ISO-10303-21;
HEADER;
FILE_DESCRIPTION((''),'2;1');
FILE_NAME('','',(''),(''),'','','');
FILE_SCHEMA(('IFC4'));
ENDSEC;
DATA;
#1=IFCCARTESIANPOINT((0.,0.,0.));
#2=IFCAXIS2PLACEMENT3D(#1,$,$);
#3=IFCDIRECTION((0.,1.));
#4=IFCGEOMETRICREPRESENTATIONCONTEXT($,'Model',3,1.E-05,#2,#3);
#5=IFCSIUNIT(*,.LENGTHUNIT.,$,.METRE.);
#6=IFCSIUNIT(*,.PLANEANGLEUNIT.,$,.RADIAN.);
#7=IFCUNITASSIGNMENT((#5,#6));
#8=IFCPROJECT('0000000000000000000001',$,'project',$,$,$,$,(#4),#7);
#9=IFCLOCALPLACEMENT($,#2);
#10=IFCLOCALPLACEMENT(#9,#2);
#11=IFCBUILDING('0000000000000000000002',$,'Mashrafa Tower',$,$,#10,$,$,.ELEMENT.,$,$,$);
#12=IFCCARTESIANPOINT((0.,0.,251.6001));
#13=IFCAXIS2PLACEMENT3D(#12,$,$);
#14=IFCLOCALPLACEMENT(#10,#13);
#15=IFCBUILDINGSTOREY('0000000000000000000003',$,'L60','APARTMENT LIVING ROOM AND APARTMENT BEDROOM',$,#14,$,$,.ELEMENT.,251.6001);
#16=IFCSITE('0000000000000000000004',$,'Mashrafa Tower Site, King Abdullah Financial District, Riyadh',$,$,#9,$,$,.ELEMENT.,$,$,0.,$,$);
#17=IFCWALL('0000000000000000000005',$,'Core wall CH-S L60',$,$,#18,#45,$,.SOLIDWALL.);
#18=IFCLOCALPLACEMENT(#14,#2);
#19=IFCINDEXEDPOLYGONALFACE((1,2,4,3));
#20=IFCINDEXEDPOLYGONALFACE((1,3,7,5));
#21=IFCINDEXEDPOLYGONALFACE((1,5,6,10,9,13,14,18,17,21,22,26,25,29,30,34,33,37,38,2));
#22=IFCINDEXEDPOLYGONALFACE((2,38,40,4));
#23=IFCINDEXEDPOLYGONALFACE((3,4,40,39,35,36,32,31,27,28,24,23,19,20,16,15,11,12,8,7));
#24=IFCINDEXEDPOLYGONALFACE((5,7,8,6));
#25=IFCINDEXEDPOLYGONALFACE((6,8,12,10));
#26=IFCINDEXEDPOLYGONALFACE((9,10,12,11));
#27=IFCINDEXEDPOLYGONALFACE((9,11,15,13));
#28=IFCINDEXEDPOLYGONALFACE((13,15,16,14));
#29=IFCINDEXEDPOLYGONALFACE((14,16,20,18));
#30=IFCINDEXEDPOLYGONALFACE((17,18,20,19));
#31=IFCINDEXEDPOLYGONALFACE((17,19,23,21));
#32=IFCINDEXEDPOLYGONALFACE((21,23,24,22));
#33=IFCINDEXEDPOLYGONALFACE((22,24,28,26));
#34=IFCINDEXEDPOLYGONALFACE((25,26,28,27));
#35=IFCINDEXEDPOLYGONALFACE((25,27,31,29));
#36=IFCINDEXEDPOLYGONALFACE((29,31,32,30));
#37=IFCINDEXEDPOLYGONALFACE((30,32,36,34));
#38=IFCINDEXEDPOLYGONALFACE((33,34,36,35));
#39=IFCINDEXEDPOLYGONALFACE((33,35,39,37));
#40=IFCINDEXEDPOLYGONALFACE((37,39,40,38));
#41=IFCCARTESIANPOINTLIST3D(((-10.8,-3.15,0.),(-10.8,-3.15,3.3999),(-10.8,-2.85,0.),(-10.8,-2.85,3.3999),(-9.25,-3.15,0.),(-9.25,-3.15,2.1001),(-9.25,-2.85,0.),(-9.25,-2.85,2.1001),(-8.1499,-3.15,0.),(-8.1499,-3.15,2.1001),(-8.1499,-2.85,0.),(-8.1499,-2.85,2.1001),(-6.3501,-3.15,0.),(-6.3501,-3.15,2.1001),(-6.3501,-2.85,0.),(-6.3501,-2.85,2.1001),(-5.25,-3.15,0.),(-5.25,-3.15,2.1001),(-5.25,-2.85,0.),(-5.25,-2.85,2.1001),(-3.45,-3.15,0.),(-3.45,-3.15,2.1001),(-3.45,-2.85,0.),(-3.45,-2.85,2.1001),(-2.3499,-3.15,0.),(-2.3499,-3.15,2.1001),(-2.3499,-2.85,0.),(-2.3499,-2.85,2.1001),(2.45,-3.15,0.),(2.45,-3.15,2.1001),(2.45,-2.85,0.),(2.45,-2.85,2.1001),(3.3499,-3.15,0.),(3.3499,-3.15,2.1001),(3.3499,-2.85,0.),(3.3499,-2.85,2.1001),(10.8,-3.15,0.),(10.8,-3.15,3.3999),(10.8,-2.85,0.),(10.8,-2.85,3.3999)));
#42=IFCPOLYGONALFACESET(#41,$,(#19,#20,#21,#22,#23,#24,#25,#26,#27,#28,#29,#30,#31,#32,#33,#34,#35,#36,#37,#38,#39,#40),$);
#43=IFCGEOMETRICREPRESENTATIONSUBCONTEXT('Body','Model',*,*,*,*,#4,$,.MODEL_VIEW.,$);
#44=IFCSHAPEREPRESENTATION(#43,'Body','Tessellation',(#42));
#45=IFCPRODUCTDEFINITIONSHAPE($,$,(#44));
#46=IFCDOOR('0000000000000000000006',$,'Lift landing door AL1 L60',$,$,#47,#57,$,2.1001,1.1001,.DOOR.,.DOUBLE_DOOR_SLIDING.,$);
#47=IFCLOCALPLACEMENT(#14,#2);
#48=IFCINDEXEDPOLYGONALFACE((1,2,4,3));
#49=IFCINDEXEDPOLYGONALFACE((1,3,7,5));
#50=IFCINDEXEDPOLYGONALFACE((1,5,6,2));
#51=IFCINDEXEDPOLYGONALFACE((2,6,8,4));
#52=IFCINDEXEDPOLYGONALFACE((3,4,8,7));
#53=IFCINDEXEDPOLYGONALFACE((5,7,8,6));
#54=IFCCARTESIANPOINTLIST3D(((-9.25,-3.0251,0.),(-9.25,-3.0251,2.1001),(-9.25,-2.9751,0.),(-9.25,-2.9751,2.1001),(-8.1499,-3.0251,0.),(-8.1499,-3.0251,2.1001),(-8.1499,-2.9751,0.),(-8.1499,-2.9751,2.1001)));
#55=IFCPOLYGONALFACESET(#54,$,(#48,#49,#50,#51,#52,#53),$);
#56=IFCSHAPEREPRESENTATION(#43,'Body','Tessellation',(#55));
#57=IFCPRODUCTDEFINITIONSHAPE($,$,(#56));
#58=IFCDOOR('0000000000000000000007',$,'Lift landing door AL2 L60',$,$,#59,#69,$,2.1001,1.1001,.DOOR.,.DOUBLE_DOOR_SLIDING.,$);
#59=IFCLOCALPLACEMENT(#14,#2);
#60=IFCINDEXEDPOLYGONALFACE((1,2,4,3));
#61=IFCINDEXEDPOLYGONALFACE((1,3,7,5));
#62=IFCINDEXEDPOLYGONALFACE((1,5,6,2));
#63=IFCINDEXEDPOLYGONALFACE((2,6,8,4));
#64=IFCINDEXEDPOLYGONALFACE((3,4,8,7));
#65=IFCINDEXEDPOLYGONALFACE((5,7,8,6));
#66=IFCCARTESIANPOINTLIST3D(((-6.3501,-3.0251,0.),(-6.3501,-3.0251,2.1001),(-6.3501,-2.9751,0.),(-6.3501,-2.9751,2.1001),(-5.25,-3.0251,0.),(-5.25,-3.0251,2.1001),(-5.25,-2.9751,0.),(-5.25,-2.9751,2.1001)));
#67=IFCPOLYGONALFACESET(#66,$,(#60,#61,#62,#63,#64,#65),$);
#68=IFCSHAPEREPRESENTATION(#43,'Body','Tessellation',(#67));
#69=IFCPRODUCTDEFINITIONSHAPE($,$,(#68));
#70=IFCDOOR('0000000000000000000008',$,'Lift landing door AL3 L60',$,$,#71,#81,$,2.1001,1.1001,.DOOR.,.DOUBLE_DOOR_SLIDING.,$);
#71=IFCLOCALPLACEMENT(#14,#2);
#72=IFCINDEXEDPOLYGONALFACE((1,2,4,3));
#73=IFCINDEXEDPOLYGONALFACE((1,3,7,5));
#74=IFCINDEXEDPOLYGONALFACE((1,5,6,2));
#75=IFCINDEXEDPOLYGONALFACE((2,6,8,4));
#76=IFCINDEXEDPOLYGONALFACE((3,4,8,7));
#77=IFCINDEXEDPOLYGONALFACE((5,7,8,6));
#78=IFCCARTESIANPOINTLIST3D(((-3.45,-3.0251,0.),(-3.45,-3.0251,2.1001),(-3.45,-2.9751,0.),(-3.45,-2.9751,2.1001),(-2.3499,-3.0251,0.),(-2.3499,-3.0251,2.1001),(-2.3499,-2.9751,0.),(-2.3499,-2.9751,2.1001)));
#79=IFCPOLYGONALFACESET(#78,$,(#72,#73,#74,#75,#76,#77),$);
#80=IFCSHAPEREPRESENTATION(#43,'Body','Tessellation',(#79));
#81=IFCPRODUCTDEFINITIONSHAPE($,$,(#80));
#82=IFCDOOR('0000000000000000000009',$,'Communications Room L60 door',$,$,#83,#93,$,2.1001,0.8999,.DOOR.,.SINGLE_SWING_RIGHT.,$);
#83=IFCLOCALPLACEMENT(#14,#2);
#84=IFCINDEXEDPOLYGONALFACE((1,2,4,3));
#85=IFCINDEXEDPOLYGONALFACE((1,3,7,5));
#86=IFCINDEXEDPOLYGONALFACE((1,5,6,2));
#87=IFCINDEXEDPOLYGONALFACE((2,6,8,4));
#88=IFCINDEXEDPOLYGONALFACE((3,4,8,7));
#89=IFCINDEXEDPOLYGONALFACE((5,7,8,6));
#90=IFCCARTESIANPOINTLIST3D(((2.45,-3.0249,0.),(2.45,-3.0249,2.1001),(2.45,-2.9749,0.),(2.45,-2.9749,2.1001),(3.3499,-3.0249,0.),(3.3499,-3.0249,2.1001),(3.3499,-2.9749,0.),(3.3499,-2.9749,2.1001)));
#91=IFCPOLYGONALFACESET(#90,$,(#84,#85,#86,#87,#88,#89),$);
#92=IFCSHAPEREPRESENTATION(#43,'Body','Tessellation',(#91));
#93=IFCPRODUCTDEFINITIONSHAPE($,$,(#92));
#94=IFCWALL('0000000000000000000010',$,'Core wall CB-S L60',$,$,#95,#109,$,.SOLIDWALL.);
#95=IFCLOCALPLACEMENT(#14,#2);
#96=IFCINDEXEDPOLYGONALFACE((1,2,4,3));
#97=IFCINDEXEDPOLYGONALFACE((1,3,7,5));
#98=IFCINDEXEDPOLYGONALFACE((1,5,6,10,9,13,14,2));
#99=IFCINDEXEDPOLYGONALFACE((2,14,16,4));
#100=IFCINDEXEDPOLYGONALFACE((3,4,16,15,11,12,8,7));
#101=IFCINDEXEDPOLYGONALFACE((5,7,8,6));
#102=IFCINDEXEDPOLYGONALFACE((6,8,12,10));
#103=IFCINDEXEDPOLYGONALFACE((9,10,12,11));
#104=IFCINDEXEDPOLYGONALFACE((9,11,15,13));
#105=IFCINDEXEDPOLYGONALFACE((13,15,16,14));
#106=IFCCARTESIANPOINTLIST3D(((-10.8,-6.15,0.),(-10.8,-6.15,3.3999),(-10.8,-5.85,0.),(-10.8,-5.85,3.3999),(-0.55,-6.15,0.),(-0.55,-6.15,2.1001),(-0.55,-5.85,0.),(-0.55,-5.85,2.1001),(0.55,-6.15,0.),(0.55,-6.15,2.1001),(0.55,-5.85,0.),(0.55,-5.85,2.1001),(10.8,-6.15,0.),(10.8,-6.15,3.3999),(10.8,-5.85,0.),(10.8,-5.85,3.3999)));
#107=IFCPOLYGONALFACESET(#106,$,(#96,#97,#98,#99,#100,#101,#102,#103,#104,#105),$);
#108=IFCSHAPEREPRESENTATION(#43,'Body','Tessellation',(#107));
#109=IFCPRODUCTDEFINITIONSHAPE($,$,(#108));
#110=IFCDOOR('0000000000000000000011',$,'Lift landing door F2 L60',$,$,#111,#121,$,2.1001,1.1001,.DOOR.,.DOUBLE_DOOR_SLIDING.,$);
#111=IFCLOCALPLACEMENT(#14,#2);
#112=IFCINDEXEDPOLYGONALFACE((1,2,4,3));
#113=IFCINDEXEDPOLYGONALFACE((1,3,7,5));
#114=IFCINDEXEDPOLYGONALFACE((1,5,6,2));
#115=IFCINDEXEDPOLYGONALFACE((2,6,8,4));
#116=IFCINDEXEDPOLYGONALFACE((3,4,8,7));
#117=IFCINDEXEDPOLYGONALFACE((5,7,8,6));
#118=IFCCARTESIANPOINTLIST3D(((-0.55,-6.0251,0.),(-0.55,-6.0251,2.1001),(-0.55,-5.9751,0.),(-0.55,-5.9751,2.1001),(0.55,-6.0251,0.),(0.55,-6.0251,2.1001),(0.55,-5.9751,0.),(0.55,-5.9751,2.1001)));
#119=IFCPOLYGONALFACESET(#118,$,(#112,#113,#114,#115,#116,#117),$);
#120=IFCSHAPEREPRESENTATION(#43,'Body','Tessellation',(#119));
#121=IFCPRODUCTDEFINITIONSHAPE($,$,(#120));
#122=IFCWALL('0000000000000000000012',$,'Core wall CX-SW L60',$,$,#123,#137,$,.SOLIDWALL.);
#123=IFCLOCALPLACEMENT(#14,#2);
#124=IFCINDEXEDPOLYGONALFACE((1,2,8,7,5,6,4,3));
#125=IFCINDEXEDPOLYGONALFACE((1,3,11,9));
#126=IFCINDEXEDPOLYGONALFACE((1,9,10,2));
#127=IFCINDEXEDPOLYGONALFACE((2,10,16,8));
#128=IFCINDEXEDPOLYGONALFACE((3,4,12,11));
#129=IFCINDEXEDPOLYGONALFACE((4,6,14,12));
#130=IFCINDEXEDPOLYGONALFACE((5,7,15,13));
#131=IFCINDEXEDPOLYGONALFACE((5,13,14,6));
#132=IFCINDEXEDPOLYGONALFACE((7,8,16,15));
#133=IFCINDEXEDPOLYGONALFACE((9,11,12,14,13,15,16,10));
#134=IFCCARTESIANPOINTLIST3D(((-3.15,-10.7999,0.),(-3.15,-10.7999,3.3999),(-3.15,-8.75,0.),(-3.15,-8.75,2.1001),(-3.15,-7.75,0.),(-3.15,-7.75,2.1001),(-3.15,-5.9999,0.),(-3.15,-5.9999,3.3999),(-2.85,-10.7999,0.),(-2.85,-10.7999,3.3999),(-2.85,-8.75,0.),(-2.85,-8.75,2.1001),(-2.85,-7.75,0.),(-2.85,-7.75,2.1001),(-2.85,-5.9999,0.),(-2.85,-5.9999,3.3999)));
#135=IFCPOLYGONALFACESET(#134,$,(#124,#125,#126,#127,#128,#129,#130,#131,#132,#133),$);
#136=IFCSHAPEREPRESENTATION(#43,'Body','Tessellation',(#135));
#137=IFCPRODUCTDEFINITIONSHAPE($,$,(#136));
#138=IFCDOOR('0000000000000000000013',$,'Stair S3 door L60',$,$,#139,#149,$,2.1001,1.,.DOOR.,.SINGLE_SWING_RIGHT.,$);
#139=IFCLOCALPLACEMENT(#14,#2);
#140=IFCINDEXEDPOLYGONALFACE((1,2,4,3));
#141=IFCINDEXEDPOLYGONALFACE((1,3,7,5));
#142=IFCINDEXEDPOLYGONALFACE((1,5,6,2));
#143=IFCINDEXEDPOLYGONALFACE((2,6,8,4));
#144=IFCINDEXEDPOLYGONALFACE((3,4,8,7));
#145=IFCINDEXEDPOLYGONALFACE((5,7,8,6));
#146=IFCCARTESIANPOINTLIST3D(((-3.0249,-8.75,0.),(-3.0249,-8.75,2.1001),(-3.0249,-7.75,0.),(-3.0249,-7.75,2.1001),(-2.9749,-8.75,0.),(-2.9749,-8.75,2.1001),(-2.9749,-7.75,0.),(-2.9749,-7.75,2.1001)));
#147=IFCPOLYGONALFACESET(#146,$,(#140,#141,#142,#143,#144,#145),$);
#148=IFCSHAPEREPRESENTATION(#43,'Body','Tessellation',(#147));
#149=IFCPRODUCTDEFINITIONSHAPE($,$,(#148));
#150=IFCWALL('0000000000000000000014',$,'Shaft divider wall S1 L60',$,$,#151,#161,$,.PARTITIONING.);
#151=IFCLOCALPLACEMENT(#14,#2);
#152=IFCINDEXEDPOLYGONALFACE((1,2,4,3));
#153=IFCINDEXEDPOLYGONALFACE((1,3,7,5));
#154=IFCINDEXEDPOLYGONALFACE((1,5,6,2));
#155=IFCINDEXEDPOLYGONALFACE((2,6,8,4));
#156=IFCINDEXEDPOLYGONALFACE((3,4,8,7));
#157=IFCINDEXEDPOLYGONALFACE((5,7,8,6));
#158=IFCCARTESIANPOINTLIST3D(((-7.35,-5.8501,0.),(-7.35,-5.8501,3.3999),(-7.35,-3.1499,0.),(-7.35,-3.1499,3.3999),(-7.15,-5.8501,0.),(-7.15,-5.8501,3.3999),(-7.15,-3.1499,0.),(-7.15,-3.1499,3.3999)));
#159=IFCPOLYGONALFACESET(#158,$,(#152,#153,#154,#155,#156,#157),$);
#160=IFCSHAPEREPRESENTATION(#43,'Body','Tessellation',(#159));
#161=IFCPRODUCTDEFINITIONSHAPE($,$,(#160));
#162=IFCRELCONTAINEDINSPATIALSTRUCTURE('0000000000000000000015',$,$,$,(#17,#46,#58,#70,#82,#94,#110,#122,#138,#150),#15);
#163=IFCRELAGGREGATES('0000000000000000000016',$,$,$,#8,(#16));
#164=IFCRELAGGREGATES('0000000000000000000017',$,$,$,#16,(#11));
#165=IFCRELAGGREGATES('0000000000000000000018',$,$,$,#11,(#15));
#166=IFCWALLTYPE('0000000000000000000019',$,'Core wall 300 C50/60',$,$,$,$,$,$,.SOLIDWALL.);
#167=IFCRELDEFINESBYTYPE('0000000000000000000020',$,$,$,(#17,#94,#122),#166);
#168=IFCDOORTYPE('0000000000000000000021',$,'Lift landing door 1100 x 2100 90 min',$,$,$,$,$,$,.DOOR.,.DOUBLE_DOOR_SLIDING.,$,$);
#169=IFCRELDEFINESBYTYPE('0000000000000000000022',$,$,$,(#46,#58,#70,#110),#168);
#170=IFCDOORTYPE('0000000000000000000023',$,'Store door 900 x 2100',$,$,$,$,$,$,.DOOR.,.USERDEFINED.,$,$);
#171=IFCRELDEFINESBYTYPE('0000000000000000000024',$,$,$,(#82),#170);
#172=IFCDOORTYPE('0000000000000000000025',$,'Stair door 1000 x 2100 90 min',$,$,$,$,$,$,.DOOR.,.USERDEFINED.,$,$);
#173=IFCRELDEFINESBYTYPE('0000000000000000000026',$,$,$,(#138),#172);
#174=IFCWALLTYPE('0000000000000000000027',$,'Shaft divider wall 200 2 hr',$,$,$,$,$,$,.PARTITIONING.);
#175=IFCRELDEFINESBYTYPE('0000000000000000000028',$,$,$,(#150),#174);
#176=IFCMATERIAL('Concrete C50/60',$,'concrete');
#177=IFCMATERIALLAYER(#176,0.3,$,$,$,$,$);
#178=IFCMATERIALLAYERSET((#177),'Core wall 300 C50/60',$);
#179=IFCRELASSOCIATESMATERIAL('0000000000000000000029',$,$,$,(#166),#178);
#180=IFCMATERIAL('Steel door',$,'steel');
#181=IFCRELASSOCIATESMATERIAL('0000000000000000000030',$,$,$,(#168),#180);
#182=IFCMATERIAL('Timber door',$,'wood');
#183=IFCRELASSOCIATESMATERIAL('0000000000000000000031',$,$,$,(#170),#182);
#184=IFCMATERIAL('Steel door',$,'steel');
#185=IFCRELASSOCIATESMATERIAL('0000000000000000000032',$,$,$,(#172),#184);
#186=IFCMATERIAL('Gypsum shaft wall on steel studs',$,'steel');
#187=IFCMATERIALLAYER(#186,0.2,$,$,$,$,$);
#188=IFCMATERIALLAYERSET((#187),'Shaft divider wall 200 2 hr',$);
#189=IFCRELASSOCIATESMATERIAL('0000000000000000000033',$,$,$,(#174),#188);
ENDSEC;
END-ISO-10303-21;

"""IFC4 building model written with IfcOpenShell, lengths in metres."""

from ifc_helpers import new_model, si_unit, direction, frame, frame_2d, origin, place, context, subcontext, project, spatial, rectangle, extrude, material, layer, layer_set, type_object, element, fill, save


model = new_model("IFC4")

# Units and contexts
model_context = context("Model", 3, precision=1e-05, world=origin(), true_north=direction((0.0, 1.0)))
body_context = subcontext(model_context, "Body", "Model", "MODEL_VIEW")
ifc_project = project(units=[si_unit("LENGTHUNIT", "METRE"), si_unit("PLANEANGLEUNIT", "RADIAN")], contexts=[model_context])

# Site, building, storey
site_placement = place(None, origin())
site = spatial("IfcSite", under=ifc_project, at=site_placement, Name="Mashrafa Tower Site, King Abdullah Financial District, Riyadh", CompositionType="ELEMENT", RefElevation=0.0)
building_placement = place(site_placement, origin())
building = spatial("IfcBuilding", under=site, at=building_placement, Name="Mashrafa Tower", CompositionType="ELEMENT")
storey_placement = place(building_placement, frame((0.0, 0.0, 251.6001)))
storey = spatial("IfcBuildingStorey", under=building, at=storey_placement, Name="L60", Description="APARTMENT LIVING ROOM AND APARTMENT BEDROOM", CompositionType="ELEMENT", Elevation=251.6001)

# Wall, openings, doors
ifc_material_1 = material(Name="Concrete C50/60", Category="concrete")
ifc_layer_1 = layer(ifc_material_1, 0.3)
ifc_layer_set_1 = layer_set([ifc_layer_1], Name="Core wall 300 C50/60")
wall_type_1 = type_object("IfcWallType", Name="Core wall 300 C50/60", PredefinedType="SOLIDWALL", material=ifc_layer_set_1)
wall_1_placement = place(storey_placement, frame((-10.8, -3.0, 0.0), z_axis=(0.0, 0.0, 1.0), x_axis=(1.0, 0.0, 0.0)))
wall_1 = element("IfcWall", 1, at=wall_1_placement, inside=storey, type_object=wall_type_1, Name="Core wall CH-S L60", PredefinedType="SOLIDWALL", context=body_context, shape_type="SweptSolid", body=[
    extrude(rectangle(XDim=21.6001, YDim=0.3, at=frame_2d((10.8, 0.0))), origin(), (0.0, 0.0, 1.0), 3.3999),
])
opening_1_placement = place(wall_1_placement, frame((13.25, 0.0, 0.0)))
opening_1 = element("IfcOpeningElement", 2, at=opening_1_placement, cuts=wall_1, PredefinedType="OPENING", context=body_context, shape_type="SweptSolid", body=[
    extrude(rectangle(XDim=0.8999, YDim=2.1001, at=frame_2d((0.45, 1.05))), frame((0.0, 0.1599, 0.0), z_axis=(0.0, -1.0, 0.0), x_axis=(1.0, 0.0, 0.0)), (0.0, 0.0, 1.0), 0.3201),
])
opening_2_placement = place(wall_1_placement, frame((1.55, 0.0, 0.0)))
opening_2 = element("IfcOpeningElement", 3, at=opening_2_placement, cuts=wall_1, PredefinedType="OPENING", context=body_context, shape_type="SweptSolid", body=[
    extrude(rectangle(XDim=1.1001, YDim=2.1001, at=frame_2d((0.55, 1.05))), frame((0.0, 0.1599, 0.0), z_axis=(0.0, -1.0, 0.0), x_axis=(1.0, 0.0, 0.0)), (0.0, 0.0, 1.0), 0.3201),
])
opening_3_placement = place(wall_1_placement, frame((4.45, 0.0, 0.0)))
opening_3 = element("IfcOpeningElement", 4, at=opening_3_placement, cuts=wall_1, PredefinedType="OPENING", context=body_context, shape_type="SweptSolid", body=[
    extrude(rectangle(XDim=1.1001, YDim=2.1001, at=frame_2d((0.55, 1.05))), frame((0.0, 0.1599, 0.0), z_axis=(0.0, -1.0, 0.0), x_axis=(1.0, 0.0, 0.0)), (0.0, 0.0, 1.0), 0.3201),
])
opening_4_placement = place(wall_1_placement, frame((7.3501, 0.0, 0.0)))
opening_4 = element("IfcOpeningElement", 5, at=opening_4_placement, cuts=wall_1, PredefinedType="OPENING", context=body_context, shape_type="SweptSolid", body=[
    extrude(rectangle(XDim=1.1001, YDim=2.1001, at=frame_2d((0.55, 1.05))), frame((0.0, 0.1599, 0.0), z_axis=(0.0, -1.0, 0.0), x_axis=(1.0, 0.0, 0.0)), (0.0, 0.0, 1.0), 0.3201),
])
ifc_material_2 = material(Name="Steel door", Category="steel")
door_type_1 = type_object("IfcDoorType", Name="Lift landing door 1100 x 2100 90 min", OperationType="DOUBLE_DOOR_SLIDING", PredefinedType="DOOR", material=ifc_material_2)
door_1_placement = place(opening_2_placement, origin())
door_1 = element("IfcDoor", 6, at=door_1_placement, inside=storey, type_object=door_type_1, Name="Lift landing door AL1 L60", OperationType="DOUBLE_DOOR_SLIDING", OverallHeight=2.1001, OverallWidth=1.1001, PredefinedType="DOOR", context=body_context, shape_type="SweptSolid", body=[
    extrude(rectangle(XDim=1.1001, YDim=2.1001, at=frame_2d((0.55, 1.05))), frame((0.0, 0.0249, 0.0), z_axis=(0.0, -1.0, 0.0), x_axis=(1.0, 0.0, 0.0)), (0.0, 0.0, 1.0), 0.05),
])
fill(opening_2, door_1)
door_2_placement = place(opening_3_placement, origin())
door_2 = element("IfcDoor", 7, at=door_2_placement, inside=storey, type_object=door_type_1, Name="Lift landing door AL2 L60", OperationType="DOUBLE_DOOR_SLIDING", OverallHeight=2.1001, OverallWidth=1.1001, PredefinedType="DOOR", context=body_context, shape_type="SweptSolid", body=[
    extrude(rectangle(XDim=1.1001, YDim=2.1001, at=frame_2d((0.55, 1.05))), frame((0.0, 0.0249, 0.0), z_axis=(0.0, -1.0, 0.0), x_axis=(1.0, 0.0, 0.0)), (0.0, 0.0, 1.0), 0.05),
])
fill(opening_3, door_2)
door_3_placement = place(opening_4_placement, origin())
door_3 = element("IfcDoor", 8, at=door_3_placement, inside=storey, type_object=door_type_1, Name="Lift landing door AL3 L60", OperationType="DOUBLE_DOOR_SLIDING", OverallHeight=2.1001, OverallWidth=1.1001, PredefinedType="DOOR", context=body_context, shape_type="SweptSolid", body=[
    extrude(rectangle(XDim=1.1001, YDim=2.1001, at=frame_2d((0.55, 1.05))), frame((0.0, 0.0249, 0.0), z_axis=(0.0, -1.0, 0.0), x_axis=(1.0, 0.0, 0.0)), (0.0, 0.0, 1.0), 0.05),
])
fill(opening_4, door_3)
ifc_material_3 = material(Name="Timber door", Category="wood")
door_type_2 = type_object("IfcDoorType", Name="Store door 900 x 2100", OperationType="USERDEFINED", PredefinedType="DOOR", material=ifc_material_3)
door_4_placement = place(opening_1_placement, frame((0.8999, 0.0, 0.0), z_axis=(0.0, 0.0, 1.0), x_axis=(-1.0, 0.0, 0.0)))
door_4 = element("IfcDoor", 9, at=door_4_placement, inside=storey, type_object=door_type_2, Name="Communications Room L60 door", OperationType="SINGLE_SWING_RIGHT", OverallHeight=2.1001, OverallWidth=0.8999, PredefinedType="DOOR", context=body_context, shape_type="SweptSolid", body=[
    extrude(rectangle(XDim=0.8999, YDim=2.1001, at=frame_2d((0.45, 1.05))), frame((0.0, 0.0249, 0.0), z_axis=(0.0, -1.0, 0.0), x_axis=(1.0, 0.0, 0.0)), (0.0, 0.0, 1.0), 0.05),
])
fill(opening_1, door_4)

# Walls, openings, doors
wall_2_placement = place(storey_placement, frame((-10.8, -6.0, 0.0), z_axis=(0.0, 0.0, 1.0), x_axis=(1.0, 0.0, 0.0)))
wall_2 = element("IfcWall", 10, at=wall_2_placement, inside=storey, type_object=wall_type_1, Name="Core wall CB-S L60", PredefinedType="SOLIDWALL", context=body_context, shape_type="SweptSolid", body=[
    extrude(rectangle(XDim=21.6001, YDim=0.3, at=frame_2d((10.8, 0.0))), origin(), (0.0, 0.0, 1.0), 3.3999),
])
opening_5_placement = place(wall_2_placement, frame((10.25, 0.0, 0.0)))
opening_5 = element("IfcOpeningElement", 11, at=opening_5_placement, cuts=wall_2, PredefinedType="OPENING", context=body_context, shape_type="SweptSolid", body=[
    extrude(rectangle(XDim=1.1001, YDim=2.1001, at=frame_2d((0.55, 1.05))), frame((0.0, 0.1599, 0.0), z_axis=(0.0, -1.0, 0.0), x_axis=(1.0, 0.0, 0.0)), (0.0, 0.0, 1.0), 0.3201),
])
door_5_placement = place(opening_5_placement, origin())
door_5 = element("IfcDoor", 12, at=door_5_placement, inside=storey, type_object=door_type_1, Name="Lift landing door F2 L60", OperationType="DOUBLE_DOOR_SLIDING", OverallHeight=2.1001, OverallWidth=1.1001, PredefinedType="DOOR", context=body_context, shape_type="SweptSolid", body=[
    extrude(rectangle(XDim=1.1001, YDim=2.1001, at=frame_2d((0.55, 1.05))), frame((0.0, 0.0249, 0.0), z_axis=(0.0, -1.0, 0.0), x_axis=(1.0, 0.0, 0.0)), (0.0, 0.0, 1.0), 0.05),
])
fill(opening_5, door_5)
wall_3_placement = place(storey_placement, frame((-3.0, -6.0, 0.0), z_axis=(0.0, 0.0, 1.0), x_axis=(0.0, -1.0, 0.0)))
wall_3 = element("IfcWall", 13, at=wall_3_placement, inside=storey, type_object=wall_type_1, Name="Core wall CX-SW L60", PredefinedType="SOLIDWALL", context=body_context, shape_type="SweptSolid", body=[
    extrude(rectangle(XDim=4.8, YDim=0.3, at=frame_2d((2.3999, 0.0))), origin(), (0.0, 0.0, 1.0), 3.3999),
])
opening_6_placement = place(wall_3_placement, frame((1.75, 0.0, 0.0)))
opening_6 = element("IfcOpeningElement", 14, at=opening_6_placement, cuts=wall_3, PredefinedType="OPENING", context=body_context, shape_type="SweptSolid", body=[
    extrude(rectangle(XDim=1.0, YDim=2.1001, at=frame_2d((0.5, 1.05))), frame((0.0, 0.1599, 0.0), z_axis=(0.0, -1.0, 0.0), x_axis=(1.0, 0.0, 0.0)), (0.0, 0.0, 1.0), 0.3201),
])
ifc_material_4 = material(Name="Steel door", Category="steel")
door_type_3 = type_object("IfcDoorType", Name="Stair door 1000 x 2100 90 min", OperationType="USERDEFINED", PredefinedType="DOOR", material=ifc_material_4)
door_6_placement = place(opening_6_placement, frame((1.0, 0.0, 0.0), z_axis=(0.0, 0.0, 1.0), x_axis=(-1.0, 0.0, 0.0)))
door_6 = element("IfcDoor", 15, at=door_6_placement, inside=storey, type_object=door_type_3, Name="Stair S3 door L60", OperationType="SINGLE_SWING_RIGHT", OverallHeight=2.1001, OverallWidth=1.0, PredefinedType="DOOR", context=body_context, shape_type="SweptSolid", body=[
    extrude(rectangle(XDim=1.0, YDim=2.1001, at=frame_2d((0.5, 1.05))), frame((0.0, 0.0249, 0.0), z_axis=(0.0, -1.0, 0.0), x_axis=(1.0, 0.0, 0.0)), (0.0, 0.0, 1.0), 0.05),
])
fill(opening_6, door_6)

# Wall
ifc_material_5 = material(Name="Gypsum shaft wall on steel studs", Category="steel")
ifc_layer_2 = layer(ifc_material_5, 0.2)
ifc_layer_set_2 = layer_set([ifc_layer_2], Name="Shaft divider wall 200 2 hr")
wall_type_2 = type_object("IfcWallType", Name="Shaft divider wall 200 2 hr", PredefinedType="PARTITIONING", material=ifc_layer_set_2)
for number, where, z_axis, x_axis, name in (
    (16, (-7.25, -5.8501, 0.0), (0.0, 0.0, 1.0), (0.0, 1.0, 0.0), "Shaft divider wall S1 L60"),
):
    element("IfcWall", number, at=place(storey_placement, frame(where, z_axis=z_axis, x_axis=x_axis)), inside=storey, type_object=wall_type_2, Name=name, PredefinedType="PARTITIONING", context=body_context, shape_type="SweptSolid", body=[
        extrude(rectangle(XDim=2.7002, YDim=0.2, at=frame_2d((1.3501, 0.0))), origin(), (0.0, 0.0, 1.0), 3.3999),
    ])

save(model, "model.ifc")
